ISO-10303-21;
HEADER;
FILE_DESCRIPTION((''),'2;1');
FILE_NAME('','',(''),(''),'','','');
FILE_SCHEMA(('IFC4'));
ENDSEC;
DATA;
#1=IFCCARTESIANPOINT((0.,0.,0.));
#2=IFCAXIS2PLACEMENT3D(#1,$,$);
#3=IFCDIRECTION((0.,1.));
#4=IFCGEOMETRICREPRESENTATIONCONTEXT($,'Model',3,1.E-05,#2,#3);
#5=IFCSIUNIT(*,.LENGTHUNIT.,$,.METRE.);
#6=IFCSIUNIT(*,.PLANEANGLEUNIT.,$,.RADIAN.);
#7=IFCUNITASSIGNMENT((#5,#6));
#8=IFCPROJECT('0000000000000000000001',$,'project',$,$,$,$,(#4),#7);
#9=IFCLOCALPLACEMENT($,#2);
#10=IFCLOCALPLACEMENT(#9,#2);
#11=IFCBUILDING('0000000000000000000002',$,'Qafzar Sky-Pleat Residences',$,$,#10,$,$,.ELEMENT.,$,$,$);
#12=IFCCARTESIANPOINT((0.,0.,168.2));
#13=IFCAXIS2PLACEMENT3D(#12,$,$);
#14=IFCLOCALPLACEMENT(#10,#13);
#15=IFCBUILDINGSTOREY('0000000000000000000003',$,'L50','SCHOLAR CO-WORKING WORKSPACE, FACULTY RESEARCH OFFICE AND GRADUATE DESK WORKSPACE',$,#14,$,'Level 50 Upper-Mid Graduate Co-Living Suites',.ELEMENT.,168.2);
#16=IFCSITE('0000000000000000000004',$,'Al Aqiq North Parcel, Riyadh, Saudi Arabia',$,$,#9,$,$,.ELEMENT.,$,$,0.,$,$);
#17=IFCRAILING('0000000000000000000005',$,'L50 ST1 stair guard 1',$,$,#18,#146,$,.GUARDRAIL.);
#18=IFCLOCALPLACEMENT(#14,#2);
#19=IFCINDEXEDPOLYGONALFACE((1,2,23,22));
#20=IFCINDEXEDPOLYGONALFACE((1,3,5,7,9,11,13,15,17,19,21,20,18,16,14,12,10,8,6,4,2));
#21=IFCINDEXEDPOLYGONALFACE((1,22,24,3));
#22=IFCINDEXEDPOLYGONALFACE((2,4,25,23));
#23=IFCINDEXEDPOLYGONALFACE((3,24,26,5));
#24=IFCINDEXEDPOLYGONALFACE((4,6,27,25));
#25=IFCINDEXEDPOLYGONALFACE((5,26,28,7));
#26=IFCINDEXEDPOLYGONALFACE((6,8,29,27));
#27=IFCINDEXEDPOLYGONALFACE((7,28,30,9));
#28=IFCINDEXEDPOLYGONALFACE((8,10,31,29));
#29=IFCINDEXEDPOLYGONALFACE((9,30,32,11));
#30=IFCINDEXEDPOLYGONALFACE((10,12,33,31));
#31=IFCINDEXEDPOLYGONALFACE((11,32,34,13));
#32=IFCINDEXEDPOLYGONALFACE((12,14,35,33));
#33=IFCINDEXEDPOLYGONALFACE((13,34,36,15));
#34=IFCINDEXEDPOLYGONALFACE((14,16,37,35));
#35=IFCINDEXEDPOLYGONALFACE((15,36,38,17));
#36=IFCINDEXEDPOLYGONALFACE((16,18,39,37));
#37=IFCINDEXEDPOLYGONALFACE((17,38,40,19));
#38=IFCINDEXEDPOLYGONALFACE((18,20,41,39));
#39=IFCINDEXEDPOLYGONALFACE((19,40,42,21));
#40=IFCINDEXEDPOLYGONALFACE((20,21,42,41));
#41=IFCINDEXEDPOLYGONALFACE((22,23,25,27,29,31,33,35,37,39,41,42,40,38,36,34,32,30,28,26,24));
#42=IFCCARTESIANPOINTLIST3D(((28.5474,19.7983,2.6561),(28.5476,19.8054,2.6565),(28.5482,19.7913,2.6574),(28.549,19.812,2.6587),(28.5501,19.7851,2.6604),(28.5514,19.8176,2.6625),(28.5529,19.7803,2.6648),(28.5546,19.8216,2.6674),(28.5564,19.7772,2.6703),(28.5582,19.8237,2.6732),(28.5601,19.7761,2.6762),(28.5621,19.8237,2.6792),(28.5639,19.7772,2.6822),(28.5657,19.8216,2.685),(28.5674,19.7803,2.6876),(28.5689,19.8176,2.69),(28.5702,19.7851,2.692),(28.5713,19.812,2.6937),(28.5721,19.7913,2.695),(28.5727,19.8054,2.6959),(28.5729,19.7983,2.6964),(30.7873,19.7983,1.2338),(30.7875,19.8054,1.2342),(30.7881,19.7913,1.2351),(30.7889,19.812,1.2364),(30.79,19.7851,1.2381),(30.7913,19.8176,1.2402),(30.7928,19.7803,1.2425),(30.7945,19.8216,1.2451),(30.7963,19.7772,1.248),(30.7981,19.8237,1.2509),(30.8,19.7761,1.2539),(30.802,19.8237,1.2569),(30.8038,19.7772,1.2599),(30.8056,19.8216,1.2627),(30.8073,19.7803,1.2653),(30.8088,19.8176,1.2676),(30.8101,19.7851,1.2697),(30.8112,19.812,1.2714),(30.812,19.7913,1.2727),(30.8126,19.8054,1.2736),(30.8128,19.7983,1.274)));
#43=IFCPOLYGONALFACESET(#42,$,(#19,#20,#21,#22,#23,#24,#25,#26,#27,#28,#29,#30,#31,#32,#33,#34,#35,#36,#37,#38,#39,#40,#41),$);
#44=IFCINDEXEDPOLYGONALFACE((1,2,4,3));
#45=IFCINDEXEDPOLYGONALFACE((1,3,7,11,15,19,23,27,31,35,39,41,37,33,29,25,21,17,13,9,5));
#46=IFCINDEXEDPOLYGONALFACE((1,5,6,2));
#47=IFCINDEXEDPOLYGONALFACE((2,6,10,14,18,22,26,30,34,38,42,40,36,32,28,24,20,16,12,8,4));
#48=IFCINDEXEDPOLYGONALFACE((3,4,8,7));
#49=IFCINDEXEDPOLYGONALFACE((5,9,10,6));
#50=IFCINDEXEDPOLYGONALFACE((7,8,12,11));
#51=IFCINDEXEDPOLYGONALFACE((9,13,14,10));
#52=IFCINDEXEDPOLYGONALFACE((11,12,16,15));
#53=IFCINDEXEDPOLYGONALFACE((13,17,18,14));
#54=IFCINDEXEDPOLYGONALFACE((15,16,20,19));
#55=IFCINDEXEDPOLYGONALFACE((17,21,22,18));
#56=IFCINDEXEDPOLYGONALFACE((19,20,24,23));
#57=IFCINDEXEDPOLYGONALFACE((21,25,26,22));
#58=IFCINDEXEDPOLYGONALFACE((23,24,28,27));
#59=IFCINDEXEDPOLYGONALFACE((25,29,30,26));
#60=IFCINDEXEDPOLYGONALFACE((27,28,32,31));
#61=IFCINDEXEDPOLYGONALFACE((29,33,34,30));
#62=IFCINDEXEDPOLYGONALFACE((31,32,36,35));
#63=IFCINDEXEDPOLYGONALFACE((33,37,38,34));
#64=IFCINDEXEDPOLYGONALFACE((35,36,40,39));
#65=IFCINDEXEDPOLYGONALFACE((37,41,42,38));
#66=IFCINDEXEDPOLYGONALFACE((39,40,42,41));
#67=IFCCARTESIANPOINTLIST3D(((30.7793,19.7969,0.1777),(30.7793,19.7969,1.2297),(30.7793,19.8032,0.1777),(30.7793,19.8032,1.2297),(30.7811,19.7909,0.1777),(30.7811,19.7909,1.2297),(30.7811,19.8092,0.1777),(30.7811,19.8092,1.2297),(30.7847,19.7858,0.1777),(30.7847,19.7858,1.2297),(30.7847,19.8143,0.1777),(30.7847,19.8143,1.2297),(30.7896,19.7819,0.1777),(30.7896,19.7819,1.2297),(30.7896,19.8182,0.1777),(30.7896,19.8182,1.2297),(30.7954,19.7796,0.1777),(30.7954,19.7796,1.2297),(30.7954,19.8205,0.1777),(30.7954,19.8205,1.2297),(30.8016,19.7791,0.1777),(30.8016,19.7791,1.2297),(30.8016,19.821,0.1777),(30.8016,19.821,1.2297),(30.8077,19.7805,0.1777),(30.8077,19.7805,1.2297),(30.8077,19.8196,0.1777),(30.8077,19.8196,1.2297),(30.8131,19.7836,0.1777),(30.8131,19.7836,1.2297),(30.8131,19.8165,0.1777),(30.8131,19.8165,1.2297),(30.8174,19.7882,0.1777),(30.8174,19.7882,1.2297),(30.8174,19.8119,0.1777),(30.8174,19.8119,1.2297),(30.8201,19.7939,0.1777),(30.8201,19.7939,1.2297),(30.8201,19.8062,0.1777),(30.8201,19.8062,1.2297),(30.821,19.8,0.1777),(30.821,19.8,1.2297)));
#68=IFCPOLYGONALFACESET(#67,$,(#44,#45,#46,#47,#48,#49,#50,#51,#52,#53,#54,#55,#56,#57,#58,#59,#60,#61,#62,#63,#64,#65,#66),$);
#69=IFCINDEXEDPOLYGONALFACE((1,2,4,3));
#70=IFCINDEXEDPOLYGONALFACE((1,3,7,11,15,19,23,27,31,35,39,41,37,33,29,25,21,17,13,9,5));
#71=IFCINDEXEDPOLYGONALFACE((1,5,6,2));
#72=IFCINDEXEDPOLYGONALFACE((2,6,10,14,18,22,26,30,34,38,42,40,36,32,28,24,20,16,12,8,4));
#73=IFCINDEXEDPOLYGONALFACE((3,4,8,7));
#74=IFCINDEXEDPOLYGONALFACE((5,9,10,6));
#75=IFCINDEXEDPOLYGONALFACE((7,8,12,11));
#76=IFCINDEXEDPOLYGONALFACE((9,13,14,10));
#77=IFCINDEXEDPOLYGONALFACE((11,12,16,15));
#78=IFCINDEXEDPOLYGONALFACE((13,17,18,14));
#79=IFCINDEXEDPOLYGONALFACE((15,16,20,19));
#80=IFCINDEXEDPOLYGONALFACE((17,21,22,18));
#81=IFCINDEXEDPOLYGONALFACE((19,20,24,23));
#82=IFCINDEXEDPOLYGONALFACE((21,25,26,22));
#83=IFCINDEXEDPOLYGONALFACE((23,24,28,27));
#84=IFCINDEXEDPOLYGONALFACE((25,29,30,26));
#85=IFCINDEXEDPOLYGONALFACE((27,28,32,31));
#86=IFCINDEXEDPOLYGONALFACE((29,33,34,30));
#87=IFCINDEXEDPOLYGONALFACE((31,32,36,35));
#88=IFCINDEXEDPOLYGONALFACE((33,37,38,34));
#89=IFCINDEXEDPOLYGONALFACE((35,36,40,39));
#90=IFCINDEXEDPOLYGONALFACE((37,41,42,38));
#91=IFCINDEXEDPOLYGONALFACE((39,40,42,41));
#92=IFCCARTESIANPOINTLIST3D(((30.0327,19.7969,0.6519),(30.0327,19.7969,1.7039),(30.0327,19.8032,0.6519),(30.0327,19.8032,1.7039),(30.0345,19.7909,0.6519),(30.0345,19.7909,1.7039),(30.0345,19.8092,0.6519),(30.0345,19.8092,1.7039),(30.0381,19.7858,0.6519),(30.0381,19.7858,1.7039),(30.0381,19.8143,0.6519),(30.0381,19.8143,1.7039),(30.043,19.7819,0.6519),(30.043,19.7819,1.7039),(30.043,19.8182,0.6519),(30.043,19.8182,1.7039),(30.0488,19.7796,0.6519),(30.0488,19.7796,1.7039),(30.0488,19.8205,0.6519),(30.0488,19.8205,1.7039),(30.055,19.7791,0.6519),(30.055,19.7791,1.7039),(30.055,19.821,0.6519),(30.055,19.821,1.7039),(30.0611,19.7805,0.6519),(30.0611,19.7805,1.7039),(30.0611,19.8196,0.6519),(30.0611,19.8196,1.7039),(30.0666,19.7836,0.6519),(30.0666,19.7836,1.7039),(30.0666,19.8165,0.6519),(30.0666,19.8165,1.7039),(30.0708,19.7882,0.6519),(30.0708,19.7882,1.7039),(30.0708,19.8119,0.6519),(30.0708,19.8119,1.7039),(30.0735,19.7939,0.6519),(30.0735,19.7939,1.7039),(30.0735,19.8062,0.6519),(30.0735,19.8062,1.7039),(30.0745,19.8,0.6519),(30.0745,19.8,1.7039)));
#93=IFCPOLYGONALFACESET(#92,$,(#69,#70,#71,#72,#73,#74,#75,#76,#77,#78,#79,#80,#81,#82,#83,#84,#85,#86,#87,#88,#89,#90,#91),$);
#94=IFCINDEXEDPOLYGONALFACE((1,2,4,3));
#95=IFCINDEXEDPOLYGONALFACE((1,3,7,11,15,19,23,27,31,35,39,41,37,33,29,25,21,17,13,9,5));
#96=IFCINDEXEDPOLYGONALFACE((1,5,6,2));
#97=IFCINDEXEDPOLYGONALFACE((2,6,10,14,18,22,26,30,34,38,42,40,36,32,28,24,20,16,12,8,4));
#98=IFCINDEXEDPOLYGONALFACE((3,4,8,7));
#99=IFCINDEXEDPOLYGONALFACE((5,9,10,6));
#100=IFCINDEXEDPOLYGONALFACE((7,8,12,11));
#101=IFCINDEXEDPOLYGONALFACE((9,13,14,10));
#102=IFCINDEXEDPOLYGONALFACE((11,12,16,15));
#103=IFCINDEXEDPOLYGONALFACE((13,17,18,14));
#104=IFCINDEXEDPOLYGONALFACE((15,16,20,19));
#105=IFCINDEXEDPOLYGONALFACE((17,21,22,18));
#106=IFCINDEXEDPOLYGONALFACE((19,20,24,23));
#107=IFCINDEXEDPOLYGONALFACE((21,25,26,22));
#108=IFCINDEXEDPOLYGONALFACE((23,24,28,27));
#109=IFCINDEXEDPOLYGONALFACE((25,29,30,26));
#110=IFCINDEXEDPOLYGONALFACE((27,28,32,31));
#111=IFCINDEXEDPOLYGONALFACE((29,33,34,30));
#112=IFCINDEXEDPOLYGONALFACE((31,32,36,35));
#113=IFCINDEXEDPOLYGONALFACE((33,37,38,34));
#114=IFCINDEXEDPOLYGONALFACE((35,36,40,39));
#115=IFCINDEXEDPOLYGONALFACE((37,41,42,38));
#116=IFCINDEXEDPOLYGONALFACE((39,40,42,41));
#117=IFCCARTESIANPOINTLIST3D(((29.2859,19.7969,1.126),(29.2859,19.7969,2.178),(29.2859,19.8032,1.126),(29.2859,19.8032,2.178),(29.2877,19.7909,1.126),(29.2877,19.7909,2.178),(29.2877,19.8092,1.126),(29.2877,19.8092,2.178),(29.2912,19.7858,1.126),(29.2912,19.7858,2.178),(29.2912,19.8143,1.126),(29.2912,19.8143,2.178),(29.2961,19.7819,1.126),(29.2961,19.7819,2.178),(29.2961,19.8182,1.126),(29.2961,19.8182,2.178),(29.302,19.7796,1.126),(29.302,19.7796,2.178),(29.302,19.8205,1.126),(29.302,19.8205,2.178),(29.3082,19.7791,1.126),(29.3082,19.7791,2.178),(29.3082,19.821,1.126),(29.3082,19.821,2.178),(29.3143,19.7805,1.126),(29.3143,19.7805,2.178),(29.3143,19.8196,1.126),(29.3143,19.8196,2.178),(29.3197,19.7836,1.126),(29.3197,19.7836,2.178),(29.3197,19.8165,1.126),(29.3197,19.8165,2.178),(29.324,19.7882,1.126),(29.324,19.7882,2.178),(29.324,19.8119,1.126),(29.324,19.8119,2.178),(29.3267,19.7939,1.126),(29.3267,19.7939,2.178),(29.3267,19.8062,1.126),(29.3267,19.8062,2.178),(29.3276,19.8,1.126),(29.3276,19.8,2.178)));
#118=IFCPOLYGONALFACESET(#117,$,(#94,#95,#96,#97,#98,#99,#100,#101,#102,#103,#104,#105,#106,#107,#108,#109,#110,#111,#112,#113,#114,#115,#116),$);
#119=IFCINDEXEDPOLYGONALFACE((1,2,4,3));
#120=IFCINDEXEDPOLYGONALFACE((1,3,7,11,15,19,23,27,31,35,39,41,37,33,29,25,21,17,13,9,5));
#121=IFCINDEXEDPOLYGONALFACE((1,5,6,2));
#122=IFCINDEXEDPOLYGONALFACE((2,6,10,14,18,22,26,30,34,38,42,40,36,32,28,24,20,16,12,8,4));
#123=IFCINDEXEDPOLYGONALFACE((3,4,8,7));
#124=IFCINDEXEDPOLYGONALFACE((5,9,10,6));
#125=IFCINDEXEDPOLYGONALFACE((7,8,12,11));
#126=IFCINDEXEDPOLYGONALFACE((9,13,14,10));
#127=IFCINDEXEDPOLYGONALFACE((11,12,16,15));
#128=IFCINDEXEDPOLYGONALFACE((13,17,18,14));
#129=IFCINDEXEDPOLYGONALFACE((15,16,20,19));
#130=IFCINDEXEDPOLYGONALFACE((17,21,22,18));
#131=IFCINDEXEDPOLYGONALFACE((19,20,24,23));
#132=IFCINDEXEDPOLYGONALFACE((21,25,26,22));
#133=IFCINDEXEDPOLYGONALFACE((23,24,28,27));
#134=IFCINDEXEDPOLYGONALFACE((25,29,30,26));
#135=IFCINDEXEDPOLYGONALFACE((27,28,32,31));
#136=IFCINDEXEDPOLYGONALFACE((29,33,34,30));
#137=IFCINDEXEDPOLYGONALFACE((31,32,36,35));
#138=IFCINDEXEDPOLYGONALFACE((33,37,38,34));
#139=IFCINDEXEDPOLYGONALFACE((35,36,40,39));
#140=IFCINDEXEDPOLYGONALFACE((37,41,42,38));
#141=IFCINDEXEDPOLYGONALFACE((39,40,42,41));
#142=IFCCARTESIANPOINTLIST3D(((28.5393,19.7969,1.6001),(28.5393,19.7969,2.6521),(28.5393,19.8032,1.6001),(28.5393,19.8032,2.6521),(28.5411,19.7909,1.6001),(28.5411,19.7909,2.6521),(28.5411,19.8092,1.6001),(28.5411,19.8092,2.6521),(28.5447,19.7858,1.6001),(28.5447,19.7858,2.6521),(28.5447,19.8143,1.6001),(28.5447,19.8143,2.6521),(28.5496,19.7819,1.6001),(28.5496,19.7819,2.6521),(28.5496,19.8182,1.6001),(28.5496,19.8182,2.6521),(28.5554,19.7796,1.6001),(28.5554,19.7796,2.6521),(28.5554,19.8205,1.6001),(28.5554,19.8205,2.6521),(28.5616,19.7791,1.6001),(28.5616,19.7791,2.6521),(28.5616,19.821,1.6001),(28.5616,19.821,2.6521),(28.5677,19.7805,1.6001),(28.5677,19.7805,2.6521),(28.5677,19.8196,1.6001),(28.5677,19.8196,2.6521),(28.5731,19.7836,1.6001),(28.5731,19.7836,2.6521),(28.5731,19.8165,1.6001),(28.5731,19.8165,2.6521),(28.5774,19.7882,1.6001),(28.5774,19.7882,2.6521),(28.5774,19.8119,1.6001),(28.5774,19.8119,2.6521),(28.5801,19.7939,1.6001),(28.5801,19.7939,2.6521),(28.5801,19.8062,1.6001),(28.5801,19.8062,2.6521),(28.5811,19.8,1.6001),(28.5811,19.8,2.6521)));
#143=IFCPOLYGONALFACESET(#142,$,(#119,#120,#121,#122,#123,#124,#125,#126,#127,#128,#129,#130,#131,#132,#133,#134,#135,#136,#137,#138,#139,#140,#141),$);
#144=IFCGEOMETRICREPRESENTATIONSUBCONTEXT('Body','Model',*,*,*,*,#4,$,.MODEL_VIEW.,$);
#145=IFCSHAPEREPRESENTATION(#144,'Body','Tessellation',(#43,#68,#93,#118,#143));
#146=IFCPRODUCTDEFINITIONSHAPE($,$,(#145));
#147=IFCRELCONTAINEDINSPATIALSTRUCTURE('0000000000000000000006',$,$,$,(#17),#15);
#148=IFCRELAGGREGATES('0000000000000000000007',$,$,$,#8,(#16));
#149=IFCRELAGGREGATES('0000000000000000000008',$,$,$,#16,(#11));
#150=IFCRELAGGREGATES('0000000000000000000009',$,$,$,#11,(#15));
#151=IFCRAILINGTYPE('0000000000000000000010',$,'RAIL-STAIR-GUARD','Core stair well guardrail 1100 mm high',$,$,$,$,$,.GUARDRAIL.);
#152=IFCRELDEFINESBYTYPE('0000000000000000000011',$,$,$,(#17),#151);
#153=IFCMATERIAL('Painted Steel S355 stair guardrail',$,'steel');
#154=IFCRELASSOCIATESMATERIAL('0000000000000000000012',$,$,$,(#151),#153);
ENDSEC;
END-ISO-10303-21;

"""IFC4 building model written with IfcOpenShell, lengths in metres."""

from ifc_helpers import new_model, si_unit, direction, frame, origin, origin_2d, place, context, subcontext, project, spatial, circle, extrude, source, transform, mapped, material, type_object, element, save


model = new_model("IFC4")

# Units and contexts
model_context = context("Model", 3, precision=1e-05, world=origin(), true_north=direction((0.0, 1.0)))
body_context = subcontext(model_context, "Body", "Model", "MODEL_VIEW")
ifc_project = project(units=[si_unit("LENGTHUNIT", "METRE"), si_unit("PLANEANGLEUNIT", "RADIAN")], contexts=[model_context])

# Site, building, storey
site_placement = place(None, origin())
site = spatial("IfcSite", under=ifc_project, at=site_placement, Name="Al Aqiq North Parcel, Riyadh, Saudi Arabia", CompositionType="ELEMENT", RefElevation=0.0)
building_placement = place(site_placement, origin())
building = spatial("IfcBuilding", under=site, at=building_placement, Name="Qafzar Sky-Pleat Residences", CompositionType="ELEMENT")
storey_placement = place(building_placement, frame((0.0, 0.0, 168.2)))
storey = spatial("IfcBuildingStorey", under=building, at=storey_placement, Name="L50", Description="SCHOLAR CO-WORKING WORKSPACE, FACULTY RESEARCH OFFICE AND GRADUATE DESK WORKSPACE", LongName="Level 50 Upper-Mid Graduate Co-Living Suites", CompositionType="ELEMENT", Elevation=168.2)

# Railing
ifc_material_1 = material(Name="Painted Steel S355 stair guardrail", Category="steel")
railing_type_1 = type_object("IfcRailingType", Name="RAIL-STAIR-GUARD", Description="Core stair well guardrail 1100 mm high", PredefinedType="GUARDRAIL", material=ifc_material_1)
shared_shape_1 = source(origin(), body_context, "Body", "SweptSolid", [
    extrude(circle(Radius=0.0239, at=origin_2d()), frame((0.0, 0.0, 1.0762), z_axis=(-0.844188, 0.0, 0.536048), x_axis=(0.0, -1.0, 0.0)), (0.0, 0.0, 1.0), 2.6533),
    extrude(circle(Radius=0.021, at=origin_2d()), origin(), (0.0, 0.0, 1.0), 1.052),
    extrude(circle(Radius=0.021, at=origin_2d()), frame((-0.7466, 0.0, 0.4741)), (0.0, 0.0, 1.0), 1.052),
    extrude(circle(Radius=0.021, at=origin_2d()), frame((-1.4934, 0.0, 0.9482)), (0.0, 0.0, 1.0), 1.052),
    extrude(circle(Radius=0.021, at=origin_2d()), frame((-2.24, 0.0, 1.4224)), (0.0, 0.0, 1.0), 1.052),
])
railing_1_placement = place(storey_placement, frame((30.8, 19.8, 0.1777)))
element("IfcRailing", 1, at=railing_1_placement, inside=storey, type_object=railing_type_1, Name="L50 ST1 stair guard 1", PredefinedType="GUARDRAIL", context=body_context, shape_type="MappedRepresentation", body=[
    mapped(shared_shape_1, transform((0.0, 0.0, 0.0), x_axis=(1.0, 0.0, 0.0), y_axis=(0.0, 1.0, 0.0), z_axis=(0.0, 0.0, 1.0), scale=1.0)),
])

save(model, "model.ifc")
